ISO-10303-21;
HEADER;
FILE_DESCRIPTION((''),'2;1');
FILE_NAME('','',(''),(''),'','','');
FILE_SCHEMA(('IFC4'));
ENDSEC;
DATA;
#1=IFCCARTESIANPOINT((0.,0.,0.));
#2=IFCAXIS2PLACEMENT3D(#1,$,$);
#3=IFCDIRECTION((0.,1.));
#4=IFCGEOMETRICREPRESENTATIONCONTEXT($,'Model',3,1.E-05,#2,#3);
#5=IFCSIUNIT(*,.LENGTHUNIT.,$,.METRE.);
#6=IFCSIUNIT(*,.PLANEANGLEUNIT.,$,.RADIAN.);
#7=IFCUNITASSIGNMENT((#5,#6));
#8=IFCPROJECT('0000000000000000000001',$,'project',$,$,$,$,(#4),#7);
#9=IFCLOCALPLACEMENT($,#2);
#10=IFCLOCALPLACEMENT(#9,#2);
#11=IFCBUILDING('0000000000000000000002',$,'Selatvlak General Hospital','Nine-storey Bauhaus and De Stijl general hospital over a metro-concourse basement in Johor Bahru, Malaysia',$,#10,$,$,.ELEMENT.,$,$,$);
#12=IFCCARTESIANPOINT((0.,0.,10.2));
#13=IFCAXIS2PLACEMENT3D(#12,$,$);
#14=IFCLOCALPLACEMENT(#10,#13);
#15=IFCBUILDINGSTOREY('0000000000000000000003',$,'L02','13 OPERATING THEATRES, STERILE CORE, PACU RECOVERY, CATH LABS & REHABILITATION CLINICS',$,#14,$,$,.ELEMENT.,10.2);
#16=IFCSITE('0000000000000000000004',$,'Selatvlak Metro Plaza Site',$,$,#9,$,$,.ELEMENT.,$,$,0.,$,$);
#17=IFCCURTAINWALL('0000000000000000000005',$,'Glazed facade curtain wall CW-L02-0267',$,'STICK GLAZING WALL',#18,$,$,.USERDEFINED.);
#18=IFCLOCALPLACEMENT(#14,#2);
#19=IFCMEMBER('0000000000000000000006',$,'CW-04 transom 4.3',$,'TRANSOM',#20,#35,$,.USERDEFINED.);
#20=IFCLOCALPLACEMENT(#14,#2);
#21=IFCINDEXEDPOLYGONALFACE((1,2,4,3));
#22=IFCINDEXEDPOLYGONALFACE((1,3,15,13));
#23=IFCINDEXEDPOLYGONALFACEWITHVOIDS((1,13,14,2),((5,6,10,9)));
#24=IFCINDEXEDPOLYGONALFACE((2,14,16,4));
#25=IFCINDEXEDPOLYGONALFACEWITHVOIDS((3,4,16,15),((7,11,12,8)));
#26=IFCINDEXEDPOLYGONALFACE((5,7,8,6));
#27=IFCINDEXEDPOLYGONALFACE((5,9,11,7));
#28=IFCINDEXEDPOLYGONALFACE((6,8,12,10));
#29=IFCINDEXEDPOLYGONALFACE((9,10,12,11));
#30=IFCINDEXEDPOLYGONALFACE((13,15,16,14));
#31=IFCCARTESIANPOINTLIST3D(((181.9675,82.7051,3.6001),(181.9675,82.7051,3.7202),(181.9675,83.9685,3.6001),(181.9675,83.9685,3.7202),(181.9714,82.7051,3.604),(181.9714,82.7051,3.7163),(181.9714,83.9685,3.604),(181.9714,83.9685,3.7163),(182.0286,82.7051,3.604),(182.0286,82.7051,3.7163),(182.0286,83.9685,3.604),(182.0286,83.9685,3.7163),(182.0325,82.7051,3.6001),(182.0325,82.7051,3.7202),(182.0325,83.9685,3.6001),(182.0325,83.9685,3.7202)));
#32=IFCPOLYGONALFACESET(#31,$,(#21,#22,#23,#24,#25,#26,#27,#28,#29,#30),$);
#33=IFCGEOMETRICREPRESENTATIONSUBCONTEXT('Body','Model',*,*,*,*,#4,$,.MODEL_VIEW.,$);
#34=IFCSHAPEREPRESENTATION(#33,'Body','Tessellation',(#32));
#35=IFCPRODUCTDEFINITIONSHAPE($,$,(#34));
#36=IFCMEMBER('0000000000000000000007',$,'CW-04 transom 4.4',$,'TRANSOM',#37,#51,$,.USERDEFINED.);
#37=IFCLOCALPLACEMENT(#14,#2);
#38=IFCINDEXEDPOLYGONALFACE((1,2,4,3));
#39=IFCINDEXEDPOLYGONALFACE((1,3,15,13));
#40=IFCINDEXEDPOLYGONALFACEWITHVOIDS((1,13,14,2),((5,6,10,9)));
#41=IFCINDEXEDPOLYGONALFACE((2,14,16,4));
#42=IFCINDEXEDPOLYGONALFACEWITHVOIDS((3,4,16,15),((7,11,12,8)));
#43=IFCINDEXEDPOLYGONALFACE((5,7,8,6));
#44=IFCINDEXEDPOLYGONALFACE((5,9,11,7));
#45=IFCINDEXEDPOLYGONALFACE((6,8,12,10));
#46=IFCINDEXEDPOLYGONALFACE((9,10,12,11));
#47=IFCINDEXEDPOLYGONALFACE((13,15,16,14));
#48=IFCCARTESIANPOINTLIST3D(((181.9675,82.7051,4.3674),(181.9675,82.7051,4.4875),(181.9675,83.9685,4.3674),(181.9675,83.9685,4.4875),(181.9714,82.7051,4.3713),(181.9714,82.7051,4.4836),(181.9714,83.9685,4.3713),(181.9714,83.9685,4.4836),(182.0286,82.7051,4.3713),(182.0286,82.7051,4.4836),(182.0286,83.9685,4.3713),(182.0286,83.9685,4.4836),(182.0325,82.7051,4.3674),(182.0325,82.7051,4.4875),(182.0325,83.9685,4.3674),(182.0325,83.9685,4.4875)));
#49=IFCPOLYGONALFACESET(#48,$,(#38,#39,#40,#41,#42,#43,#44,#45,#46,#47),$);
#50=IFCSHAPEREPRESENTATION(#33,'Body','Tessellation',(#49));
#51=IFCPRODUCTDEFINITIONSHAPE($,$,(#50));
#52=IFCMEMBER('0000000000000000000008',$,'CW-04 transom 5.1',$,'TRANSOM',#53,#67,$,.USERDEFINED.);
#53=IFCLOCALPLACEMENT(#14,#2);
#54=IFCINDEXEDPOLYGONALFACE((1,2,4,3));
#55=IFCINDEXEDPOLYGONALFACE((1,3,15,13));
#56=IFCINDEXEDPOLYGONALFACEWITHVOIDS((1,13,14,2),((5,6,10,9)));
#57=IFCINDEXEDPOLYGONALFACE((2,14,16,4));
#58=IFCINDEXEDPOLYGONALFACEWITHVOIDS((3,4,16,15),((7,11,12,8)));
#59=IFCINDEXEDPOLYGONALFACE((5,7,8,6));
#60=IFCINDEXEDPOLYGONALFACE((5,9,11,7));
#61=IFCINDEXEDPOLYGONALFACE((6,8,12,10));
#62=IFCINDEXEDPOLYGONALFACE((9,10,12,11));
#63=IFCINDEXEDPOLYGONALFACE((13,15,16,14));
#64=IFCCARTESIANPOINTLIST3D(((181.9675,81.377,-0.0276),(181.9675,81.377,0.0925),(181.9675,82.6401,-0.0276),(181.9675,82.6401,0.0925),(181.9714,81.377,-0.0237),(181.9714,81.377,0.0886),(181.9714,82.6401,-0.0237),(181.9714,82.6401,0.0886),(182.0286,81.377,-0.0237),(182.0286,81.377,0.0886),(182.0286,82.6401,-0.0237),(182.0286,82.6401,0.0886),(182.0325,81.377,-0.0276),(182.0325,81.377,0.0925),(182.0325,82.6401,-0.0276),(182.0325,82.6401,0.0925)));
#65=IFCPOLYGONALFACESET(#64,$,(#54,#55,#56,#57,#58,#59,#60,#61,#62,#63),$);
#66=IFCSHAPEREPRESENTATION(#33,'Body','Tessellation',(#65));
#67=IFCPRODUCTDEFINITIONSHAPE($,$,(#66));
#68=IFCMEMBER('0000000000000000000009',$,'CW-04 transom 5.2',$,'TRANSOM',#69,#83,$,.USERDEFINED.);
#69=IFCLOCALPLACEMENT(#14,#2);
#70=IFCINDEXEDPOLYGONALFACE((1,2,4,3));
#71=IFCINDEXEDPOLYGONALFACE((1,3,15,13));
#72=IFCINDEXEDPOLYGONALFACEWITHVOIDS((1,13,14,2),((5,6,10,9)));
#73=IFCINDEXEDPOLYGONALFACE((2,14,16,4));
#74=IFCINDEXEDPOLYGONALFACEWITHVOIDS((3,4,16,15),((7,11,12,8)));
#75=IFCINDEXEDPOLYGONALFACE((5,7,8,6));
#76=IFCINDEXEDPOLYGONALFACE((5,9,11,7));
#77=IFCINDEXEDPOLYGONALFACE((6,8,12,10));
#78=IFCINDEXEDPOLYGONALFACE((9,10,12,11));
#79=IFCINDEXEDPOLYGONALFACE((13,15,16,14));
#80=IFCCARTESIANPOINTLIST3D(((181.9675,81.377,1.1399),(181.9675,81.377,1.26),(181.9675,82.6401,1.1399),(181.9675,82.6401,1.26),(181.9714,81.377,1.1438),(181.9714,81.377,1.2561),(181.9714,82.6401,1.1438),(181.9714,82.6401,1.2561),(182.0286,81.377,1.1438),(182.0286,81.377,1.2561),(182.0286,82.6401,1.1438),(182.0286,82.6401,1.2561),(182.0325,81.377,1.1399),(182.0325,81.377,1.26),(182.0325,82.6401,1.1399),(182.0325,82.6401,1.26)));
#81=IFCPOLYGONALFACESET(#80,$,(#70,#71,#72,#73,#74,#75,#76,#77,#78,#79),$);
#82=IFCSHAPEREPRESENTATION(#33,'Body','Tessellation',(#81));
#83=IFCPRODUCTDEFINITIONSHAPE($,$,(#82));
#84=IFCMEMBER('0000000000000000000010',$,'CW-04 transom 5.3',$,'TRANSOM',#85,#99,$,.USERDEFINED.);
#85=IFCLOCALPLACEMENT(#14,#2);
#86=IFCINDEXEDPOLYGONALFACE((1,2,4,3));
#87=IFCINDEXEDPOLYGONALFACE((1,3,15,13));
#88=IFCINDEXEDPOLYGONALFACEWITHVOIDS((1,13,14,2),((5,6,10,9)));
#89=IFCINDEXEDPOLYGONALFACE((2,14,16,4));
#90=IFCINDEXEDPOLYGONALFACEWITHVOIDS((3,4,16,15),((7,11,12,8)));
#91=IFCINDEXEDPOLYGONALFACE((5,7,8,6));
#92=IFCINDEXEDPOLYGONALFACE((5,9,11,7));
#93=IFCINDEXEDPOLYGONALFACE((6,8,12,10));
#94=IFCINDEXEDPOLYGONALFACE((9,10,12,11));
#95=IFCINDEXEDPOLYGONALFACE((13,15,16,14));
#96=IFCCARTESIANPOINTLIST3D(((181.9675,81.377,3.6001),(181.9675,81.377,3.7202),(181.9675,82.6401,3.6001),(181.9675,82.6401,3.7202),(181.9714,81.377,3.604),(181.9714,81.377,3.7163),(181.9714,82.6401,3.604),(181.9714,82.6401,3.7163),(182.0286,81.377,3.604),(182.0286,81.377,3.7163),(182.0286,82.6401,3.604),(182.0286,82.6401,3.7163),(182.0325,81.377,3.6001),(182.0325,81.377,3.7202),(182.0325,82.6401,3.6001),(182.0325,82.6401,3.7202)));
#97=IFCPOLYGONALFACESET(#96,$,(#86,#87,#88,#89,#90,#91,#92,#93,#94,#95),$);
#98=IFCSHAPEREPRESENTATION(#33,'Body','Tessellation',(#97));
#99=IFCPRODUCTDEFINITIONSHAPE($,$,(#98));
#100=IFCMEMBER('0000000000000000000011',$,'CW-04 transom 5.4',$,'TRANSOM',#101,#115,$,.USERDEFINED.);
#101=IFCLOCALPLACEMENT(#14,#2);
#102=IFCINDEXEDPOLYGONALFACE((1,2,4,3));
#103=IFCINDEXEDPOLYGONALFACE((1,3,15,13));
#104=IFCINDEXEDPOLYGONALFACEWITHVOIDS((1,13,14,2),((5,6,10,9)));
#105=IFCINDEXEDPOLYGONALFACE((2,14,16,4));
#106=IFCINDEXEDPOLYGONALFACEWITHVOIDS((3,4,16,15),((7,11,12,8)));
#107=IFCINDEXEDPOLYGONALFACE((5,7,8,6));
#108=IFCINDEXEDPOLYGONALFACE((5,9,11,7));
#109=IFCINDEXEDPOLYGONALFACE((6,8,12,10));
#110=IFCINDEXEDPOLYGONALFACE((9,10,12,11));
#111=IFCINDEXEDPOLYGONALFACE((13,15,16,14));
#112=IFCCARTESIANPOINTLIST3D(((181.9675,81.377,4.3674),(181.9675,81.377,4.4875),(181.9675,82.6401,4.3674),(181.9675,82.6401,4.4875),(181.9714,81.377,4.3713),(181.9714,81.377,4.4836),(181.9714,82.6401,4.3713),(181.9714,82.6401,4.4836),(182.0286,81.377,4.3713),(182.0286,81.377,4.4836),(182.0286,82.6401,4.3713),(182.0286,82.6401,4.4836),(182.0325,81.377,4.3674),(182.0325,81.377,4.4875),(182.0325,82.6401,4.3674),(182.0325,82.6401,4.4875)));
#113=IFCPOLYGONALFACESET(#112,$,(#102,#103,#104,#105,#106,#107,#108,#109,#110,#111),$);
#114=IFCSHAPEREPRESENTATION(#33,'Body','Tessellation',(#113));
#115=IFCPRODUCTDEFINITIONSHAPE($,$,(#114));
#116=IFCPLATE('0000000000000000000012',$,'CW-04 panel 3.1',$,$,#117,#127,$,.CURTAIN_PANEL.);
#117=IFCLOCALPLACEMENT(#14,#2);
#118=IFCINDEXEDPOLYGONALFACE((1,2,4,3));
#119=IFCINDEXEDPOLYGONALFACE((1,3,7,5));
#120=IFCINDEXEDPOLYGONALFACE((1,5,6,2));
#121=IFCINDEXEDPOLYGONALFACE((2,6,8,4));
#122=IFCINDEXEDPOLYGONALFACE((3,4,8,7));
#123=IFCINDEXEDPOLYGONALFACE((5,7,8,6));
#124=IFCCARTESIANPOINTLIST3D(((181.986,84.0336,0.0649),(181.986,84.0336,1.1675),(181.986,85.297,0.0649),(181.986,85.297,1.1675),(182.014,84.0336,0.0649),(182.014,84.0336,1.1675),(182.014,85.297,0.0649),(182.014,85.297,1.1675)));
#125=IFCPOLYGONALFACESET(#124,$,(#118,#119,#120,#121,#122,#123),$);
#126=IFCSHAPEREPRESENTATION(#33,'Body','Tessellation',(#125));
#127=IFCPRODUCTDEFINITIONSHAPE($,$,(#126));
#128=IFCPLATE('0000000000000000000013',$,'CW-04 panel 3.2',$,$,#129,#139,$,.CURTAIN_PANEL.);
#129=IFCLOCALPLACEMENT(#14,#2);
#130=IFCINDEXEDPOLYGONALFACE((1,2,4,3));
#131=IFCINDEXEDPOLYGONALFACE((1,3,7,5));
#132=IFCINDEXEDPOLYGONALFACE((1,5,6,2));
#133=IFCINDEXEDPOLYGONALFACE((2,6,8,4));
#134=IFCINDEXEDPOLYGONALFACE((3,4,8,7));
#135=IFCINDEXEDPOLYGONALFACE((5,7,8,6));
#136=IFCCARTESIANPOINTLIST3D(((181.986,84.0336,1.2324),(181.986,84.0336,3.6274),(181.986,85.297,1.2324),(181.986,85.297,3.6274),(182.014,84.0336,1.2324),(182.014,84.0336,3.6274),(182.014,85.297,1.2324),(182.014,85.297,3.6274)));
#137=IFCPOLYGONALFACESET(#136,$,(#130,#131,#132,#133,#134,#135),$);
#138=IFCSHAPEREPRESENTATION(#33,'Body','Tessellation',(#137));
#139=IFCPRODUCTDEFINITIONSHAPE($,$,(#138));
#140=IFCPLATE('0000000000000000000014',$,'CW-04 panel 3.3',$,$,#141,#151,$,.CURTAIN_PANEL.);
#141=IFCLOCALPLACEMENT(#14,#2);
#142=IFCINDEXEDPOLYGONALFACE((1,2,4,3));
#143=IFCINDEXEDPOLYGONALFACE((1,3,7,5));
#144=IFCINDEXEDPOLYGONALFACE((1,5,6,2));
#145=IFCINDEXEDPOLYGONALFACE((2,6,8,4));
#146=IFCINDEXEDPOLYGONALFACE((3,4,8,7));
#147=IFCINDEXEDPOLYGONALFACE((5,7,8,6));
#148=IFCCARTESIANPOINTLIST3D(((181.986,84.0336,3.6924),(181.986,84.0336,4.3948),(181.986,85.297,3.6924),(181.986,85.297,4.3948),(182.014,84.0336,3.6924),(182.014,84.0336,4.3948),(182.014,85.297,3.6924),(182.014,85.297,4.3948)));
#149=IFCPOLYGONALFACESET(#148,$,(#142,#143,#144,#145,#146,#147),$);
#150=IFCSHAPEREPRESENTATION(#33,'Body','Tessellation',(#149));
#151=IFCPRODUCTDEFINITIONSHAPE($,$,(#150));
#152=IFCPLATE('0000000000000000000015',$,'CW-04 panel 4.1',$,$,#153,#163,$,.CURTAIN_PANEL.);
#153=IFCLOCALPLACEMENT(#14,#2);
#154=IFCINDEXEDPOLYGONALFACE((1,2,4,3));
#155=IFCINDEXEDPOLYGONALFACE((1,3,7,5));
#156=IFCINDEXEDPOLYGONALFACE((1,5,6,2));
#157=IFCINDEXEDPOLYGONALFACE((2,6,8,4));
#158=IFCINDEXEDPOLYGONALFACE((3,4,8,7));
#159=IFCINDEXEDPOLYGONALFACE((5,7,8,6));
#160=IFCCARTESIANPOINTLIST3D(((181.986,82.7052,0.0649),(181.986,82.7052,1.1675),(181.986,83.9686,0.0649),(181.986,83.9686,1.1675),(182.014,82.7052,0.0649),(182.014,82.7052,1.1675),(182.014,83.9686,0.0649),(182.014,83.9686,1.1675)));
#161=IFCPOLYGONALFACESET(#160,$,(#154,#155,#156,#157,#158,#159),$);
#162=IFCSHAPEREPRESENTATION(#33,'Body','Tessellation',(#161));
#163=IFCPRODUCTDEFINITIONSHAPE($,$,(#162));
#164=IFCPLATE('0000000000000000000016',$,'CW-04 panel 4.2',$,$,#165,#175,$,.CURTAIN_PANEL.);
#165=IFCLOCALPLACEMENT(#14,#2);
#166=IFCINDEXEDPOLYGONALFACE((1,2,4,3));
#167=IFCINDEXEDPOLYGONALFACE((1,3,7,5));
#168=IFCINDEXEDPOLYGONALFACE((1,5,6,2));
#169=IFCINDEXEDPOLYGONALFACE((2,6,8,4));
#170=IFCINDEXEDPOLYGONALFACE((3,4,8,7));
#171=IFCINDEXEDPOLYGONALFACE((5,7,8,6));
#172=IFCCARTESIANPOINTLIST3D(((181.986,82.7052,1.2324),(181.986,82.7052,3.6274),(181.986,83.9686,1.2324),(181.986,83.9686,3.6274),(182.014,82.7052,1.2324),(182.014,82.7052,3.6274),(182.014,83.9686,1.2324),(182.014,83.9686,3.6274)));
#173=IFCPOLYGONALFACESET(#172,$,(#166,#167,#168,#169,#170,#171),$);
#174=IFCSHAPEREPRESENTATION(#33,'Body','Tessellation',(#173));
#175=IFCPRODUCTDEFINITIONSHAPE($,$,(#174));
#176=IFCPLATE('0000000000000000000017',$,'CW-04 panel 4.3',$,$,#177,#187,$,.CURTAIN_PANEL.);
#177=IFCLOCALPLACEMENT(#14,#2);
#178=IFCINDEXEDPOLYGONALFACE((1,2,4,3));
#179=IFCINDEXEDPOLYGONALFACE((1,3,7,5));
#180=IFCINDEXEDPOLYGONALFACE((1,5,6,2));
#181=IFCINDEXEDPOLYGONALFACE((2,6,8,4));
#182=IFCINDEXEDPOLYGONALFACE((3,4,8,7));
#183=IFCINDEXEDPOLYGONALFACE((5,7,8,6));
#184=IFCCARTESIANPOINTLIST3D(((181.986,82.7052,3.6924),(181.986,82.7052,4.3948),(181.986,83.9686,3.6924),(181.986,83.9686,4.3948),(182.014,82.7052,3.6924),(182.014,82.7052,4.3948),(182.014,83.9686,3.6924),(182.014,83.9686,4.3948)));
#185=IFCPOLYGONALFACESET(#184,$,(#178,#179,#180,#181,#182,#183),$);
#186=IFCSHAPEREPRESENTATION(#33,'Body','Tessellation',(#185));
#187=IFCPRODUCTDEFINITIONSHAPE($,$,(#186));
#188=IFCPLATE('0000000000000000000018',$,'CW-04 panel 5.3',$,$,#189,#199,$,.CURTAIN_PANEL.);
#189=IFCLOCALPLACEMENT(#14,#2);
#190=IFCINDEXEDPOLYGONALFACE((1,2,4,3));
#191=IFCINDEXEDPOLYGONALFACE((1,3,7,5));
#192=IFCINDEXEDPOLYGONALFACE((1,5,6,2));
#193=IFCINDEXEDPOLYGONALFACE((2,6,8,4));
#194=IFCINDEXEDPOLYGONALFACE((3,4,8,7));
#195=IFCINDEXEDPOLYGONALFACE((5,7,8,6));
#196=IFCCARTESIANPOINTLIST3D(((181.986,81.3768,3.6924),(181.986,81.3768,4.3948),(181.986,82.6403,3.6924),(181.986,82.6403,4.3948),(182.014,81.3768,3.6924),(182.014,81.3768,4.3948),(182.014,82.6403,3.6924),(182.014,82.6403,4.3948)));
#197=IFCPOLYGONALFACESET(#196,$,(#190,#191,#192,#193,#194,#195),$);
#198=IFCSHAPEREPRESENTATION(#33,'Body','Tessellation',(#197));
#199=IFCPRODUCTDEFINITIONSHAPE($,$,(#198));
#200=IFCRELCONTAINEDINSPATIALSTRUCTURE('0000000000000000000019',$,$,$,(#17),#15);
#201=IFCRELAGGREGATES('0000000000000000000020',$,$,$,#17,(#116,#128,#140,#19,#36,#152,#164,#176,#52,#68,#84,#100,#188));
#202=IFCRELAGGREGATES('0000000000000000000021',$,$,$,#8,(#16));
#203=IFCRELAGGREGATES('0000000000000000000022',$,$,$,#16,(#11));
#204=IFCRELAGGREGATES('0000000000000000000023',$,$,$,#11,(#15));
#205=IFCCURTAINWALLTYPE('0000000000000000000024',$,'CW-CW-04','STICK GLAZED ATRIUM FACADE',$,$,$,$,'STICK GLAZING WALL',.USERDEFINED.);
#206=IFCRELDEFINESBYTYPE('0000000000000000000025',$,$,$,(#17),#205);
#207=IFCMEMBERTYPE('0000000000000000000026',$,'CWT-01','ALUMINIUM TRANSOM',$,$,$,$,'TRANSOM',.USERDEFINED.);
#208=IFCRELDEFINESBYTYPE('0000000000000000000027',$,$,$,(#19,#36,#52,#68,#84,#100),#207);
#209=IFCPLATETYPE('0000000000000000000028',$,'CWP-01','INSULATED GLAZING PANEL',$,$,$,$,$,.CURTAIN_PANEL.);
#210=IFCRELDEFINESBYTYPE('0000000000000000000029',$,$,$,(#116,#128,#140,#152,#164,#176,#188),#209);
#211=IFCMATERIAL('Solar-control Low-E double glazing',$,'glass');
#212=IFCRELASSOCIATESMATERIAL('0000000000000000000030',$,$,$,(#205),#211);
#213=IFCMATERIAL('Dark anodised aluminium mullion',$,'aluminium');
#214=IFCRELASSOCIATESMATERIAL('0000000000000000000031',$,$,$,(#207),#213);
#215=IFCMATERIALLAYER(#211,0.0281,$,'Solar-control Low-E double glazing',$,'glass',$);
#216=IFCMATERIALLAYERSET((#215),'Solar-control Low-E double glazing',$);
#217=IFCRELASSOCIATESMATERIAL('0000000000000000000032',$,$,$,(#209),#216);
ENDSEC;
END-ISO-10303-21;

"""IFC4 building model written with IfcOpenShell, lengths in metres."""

from ifc_helpers import new_model, si_unit, direction, frame, origin, origin_2d, place, context, subcontext, project, spatial, rectangle, hollow_rectangle, extrude, material, layer, layer_set, material_profile, profile_set, type_object, element, aggregate, save


model = new_model("IFC4")

# Units and contexts
model_context = context("Model", 3, precision=1e-05, world=origin(), true_north=direction((0.0, 1.0)))
body_context = subcontext(model_context, "Body", "Model", "MODEL_VIEW")
ifc_project = project(units=[si_unit("LENGTHUNIT", "METRE"), si_unit("PLANEANGLEUNIT", "RADIAN")], contexts=[model_context])

# Site, building, storey
site_placement = place(None, origin())
site = spatial("IfcSite", under=ifc_project, at=site_placement, Name="Selatvlak Metro Plaza Site", CompositionType="ELEMENT", RefElevation=0.0)
building_placement = place(site_placement, origin())
building = spatial("IfcBuilding", under=site, at=building_placement, Name="Selatvlak General Hospital", Description="Nine-storey Bauhaus and De Stijl general hospital over a metro-concourse basement in Johor Bahru, Malaysia", CompositionType="ELEMENT")
storey_placement = place(building_placement, frame((0.0, 0.0, 10.2)))
storey = spatial("IfcBuildingStorey", under=building, at=storey_placement, Name="L02", Description="13 OPERATING THEATRES, STERILE CORE, PACU RECOVERY, CATH LABS & REHABILITATION CLINICS", CompositionType="ELEMENT", Elevation=10.2)

# Curtain wall, members, plates
ifc_material_1 = material(Name="Solar-control Low-E double glazing", Category="glass")
curtain_wall_type = type_object("IfcCurtainWallType", Name="CW-CW-04", Description="STICK GLAZED ATRIUM FACADE", ElementType="STICK GLAZING WALL", PredefinedType="USERDEFINED", material=ifc_material_1)
curtain_wall_placement = place(storey_placement, origin())
curtain_wall = element("IfcCurtainWall", 1, at=curtain_wall_placement, inside=storey, type_object=curtain_wall_type, Name="Glazed facade curtain wall CW-L02-0267", ObjectType="STICK GLAZING WALL", PredefinedType="USERDEFINED")
ifc_material_2 = material(Name="Dark anodised aluminium mullion", Category="aluminium")
ifc_material_profile_1 = material_profile(ifc_material_2, hollow_rectangle(XDim=0.0649, YDim=0.1201, WallThickness=0.0039, at=origin_2d()), Name="AL-TRN 65x120x4")
ifc_profile_set_1 = profile_set([ifc_material_profile_1], Name="Dark anodised aluminium mullion")
member_type_1 = type_object("IfcMemberType", Name="CWT-01", Description="ALUMINIUM TRANSOM", ElementType="TRANSOM", PredefinedType="USERDEFINED", material=ifc_profile_set_1)
member_1_placement = place(storey_placement, frame((182.0, 83.9685, 3.6602), z_axis=(0.0, -1.0, 0.0), x_axis=(1.0, 0.0, 0.0)))
member_1 = element("IfcMember", 2, at=member_1_placement, type_object=member_type_1, Name="CW-04 transom 4.3", ObjectType="TRANSOM", PredefinedType="USERDEFINED", context=body_context, shape_type="SweptSolid", body=[
    extrude(hollow_rectangle(XDim=0.0649, YDim=0.1201, WallThickness=0.0039, at=origin_2d()), origin(), (0.0, 0.0, 1.0), 1.2634),
])
member_2_placement = place(storey_placement, frame((182.0, 83.9685, 4.4275), z_axis=(0.0, -1.0, 0.0), x_axis=(1.0, 0.0, 0.0)))
member_2 = element("IfcMember", 3, at=member_2_placement, type_object=member_type_1, Name="CW-04 transom 4.4", ObjectType="TRANSOM", PredefinedType="USERDEFINED", context=body_context, shape_type="SweptSolid", body=[
    extrude(hollow_rectangle(XDim=0.0649, YDim=0.1201, WallThickness=0.0039, at=origin_2d()), origin(), (0.0, 0.0, 1.0), 1.2634),
])
member_3_placement = place(storey_placement, frame((182.0, 82.6401, 0.0325), z_axis=(0.0, -1.0, 0.0), x_axis=(1.0, 0.0, 0.0)))
member_3 = element("IfcMember", 4, at=member_3_placement, type_object=member_type_1, Name="CW-04 transom 5.1", ObjectType="TRANSOM", PredefinedType="USERDEFINED", context=body_context, shape_type="SweptSolid", body=[
    extrude(hollow_rectangle(XDim=0.0649, YDim=0.1201, WallThickness=0.0039, at=origin_2d()), origin(), (0.0, 0.0, 1.0), 1.2632),
])
member_4_placement = place(storey_placement, frame((182.0, 82.6401, 1.2), z_axis=(0.0, -1.0, 0.0), x_axis=(1.0, 0.0, 0.0)))
member_4 = element("IfcMember", 5, at=member_4_placement, type_object=member_type_1, Name="CW-04 transom 5.2", ObjectType="TRANSOM", PredefinedType="USERDEFINED", context=body_context, shape_type="SweptSolid", body=[
    extrude(hollow_rectangle(XDim=0.0649, YDim=0.1201, WallThickness=0.0039, at=origin_2d()), origin(), (0.0, 0.0, 1.0), 1.2632),
])
member_5_placement = place(storey_placement, frame((182.0, 82.6401, 3.6602), z_axis=(0.0, -1.0, 0.0), x_axis=(1.0, 0.0, 0.0)))
member_5 = element("IfcMember", 6, at=member_5_placement, type_object=member_type_1, Name="CW-04 transom 5.3", ObjectType="TRANSOM", PredefinedType="USERDEFINED", context=body_context, shape_type="SweptSolid", body=[
    extrude(hollow_rectangle(XDim=0.0649, YDim=0.1201, WallThickness=0.0039, at=origin_2d()), origin(), (0.0, 0.0, 1.0), 1.2632),
])
member_6_placement = place(storey_placement, frame((182.0, 82.6401, 4.4275), z_axis=(0.0, -1.0, 0.0), x_axis=(1.0, 0.0, 0.0)))
member_6 = element("IfcMember", 7, at=member_6_placement, type_object=member_type_1, Name="CW-04 transom 5.4", ObjectType="TRANSOM", PredefinedType="USERDEFINED", context=body_context, shape_type="SweptSolid", body=[
    extrude(hollow_rectangle(XDim=0.0649, YDim=0.1201, WallThickness=0.0039, at=origin_2d()), origin(), (0.0, 0.0, 1.0), 1.2632),
])
ifc_layer = layer(ifc_material_1, 0.0281, Name="Solar-control Low-E double glazing", Category="glass")
ifc_layer_set = layer_set([ifc_layer], Name="Solar-control Low-E double glazing")
plate_type = type_object("IfcPlateType", Name="CWP-01", Description="INSULATED GLAZING PANEL", PredefinedType="CURTAIN_PANEL", material=ifc_layer_set)
plate_1_placement = place(storey_placement, frame((182.0, 84.6653, 0.0649), z_axis=(0.0, 0.0, 1.0), x_axis=(0.0, -1.0, 0.0)))
plate_1 = element("IfcPlate", 8, at=plate_1_placement, type_object=plate_type, Name="CW-04 panel 3.1", PredefinedType="CURTAIN_PANEL", context=body_context, shape_type="SweptSolid", body=[
    extrude(rectangle(XDim=1.2634, YDim=0.0281, at=origin_2d()), origin(), (0.0, 0.0, 1.0), 1.1025),
])
plate_2_placement = place(storey_placement, frame((182.0, 84.6653, 1.2324), z_axis=(0.0, 0.0, 1.0), x_axis=(0.0, -1.0, 0.0)))
plate_2 = element("IfcPlate", 9, at=plate_2_placement, type_object=plate_type, Name="CW-04 panel 3.2", PredefinedType="CURTAIN_PANEL", context=body_context, shape_type="SweptSolid", body=[
    extrude(rectangle(XDim=1.2634, YDim=0.0281, at=origin_2d()), origin(), (0.0, 0.0, 1.0), 2.395),
])
plate_3_placement = place(storey_placement, frame((182.0, 84.6653, 3.6924), z_axis=(0.0, 0.0, 1.0), x_axis=(0.0, -1.0, 0.0)))
plate_3 = element("IfcPlate", 10, at=plate_3_placement, type_object=plate_type, Name="CW-04 panel 3.3", PredefinedType="CURTAIN_PANEL", context=body_context, shape_type="SweptSolid", body=[
    extrude(rectangle(XDim=1.2634, YDim=0.0281, at=origin_2d()), origin(), (0.0, 0.0, 1.0), 0.7024),
])
plate_4_placement = place(storey_placement, frame((182.0, 83.3369, 0.0649), z_axis=(0.0, 0.0, 1.0), x_axis=(0.0, -1.0, 0.0)))
plate_4 = element("IfcPlate", 11, at=plate_4_placement, type_object=plate_type, Name="CW-04 panel 4.1", PredefinedType="CURTAIN_PANEL", context=body_context, shape_type="SweptSolid", body=[
    extrude(rectangle(XDim=1.2634, YDim=0.0281, at=origin_2d()), origin(), (0.0, 0.0, 1.0), 1.1025),
])
plate_5_placement = place(storey_placement, frame((182.0, 83.3369, 1.2324), z_axis=(0.0, 0.0, 1.0), x_axis=(0.0, -1.0, 0.0)))
plate_5 = element("IfcPlate", 12, at=plate_5_placement, type_object=plate_type, Name="CW-04 panel 4.2", PredefinedType="CURTAIN_PANEL", context=body_context, shape_type="SweptSolid", body=[
    extrude(rectangle(XDim=1.2634, YDim=0.0281, at=origin_2d()), origin(), (0.0, 0.0, 1.0), 2.395),
])
plate_6_placement = place(storey_placement, frame((182.0, 83.3369, 3.6924), z_axis=(0.0, 0.0, 1.0), x_axis=(0.0, -1.0, 0.0)))
plate_6 = element("IfcPlate", 13, at=plate_6_placement, type_object=plate_type, Name="CW-04 panel 4.3", PredefinedType="CURTAIN_PANEL", context=body_context, shape_type="SweptSolid", body=[
    extrude(rectangle(XDim=1.2634, YDim=0.0281, at=origin_2d()), origin(), (0.0, 0.0, 1.0), 0.7024),
])
plate_7_placement = place(storey_placement, frame((182.0, 82.0085, 3.6924), z_axis=(0.0, 0.0, 1.0), x_axis=(0.0, -1.0, 0.0)))
plate_7 = element("IfcPlate", 14, at=plate_7_placement, type_object=plate_type, Name="CW-04 panel 5.3", PredefinedType="CURTAIN_PANEL", context=body_context, shape_type="SweptSolid", body=[
    extrude(rectangle(XDim=1.2634, YDim=0.0281, at=origin_2d()), origin(), (0.0, 0.0, 1.0), 0.7024),
])
aggregate(curtain_wall, [plate_1, plate_2, plate_3, member_1, member_2, plate_4, plate_5, plate_6, member_3, member_4, member_5, member_6, plate_7])

save(model, "model.ifc")
